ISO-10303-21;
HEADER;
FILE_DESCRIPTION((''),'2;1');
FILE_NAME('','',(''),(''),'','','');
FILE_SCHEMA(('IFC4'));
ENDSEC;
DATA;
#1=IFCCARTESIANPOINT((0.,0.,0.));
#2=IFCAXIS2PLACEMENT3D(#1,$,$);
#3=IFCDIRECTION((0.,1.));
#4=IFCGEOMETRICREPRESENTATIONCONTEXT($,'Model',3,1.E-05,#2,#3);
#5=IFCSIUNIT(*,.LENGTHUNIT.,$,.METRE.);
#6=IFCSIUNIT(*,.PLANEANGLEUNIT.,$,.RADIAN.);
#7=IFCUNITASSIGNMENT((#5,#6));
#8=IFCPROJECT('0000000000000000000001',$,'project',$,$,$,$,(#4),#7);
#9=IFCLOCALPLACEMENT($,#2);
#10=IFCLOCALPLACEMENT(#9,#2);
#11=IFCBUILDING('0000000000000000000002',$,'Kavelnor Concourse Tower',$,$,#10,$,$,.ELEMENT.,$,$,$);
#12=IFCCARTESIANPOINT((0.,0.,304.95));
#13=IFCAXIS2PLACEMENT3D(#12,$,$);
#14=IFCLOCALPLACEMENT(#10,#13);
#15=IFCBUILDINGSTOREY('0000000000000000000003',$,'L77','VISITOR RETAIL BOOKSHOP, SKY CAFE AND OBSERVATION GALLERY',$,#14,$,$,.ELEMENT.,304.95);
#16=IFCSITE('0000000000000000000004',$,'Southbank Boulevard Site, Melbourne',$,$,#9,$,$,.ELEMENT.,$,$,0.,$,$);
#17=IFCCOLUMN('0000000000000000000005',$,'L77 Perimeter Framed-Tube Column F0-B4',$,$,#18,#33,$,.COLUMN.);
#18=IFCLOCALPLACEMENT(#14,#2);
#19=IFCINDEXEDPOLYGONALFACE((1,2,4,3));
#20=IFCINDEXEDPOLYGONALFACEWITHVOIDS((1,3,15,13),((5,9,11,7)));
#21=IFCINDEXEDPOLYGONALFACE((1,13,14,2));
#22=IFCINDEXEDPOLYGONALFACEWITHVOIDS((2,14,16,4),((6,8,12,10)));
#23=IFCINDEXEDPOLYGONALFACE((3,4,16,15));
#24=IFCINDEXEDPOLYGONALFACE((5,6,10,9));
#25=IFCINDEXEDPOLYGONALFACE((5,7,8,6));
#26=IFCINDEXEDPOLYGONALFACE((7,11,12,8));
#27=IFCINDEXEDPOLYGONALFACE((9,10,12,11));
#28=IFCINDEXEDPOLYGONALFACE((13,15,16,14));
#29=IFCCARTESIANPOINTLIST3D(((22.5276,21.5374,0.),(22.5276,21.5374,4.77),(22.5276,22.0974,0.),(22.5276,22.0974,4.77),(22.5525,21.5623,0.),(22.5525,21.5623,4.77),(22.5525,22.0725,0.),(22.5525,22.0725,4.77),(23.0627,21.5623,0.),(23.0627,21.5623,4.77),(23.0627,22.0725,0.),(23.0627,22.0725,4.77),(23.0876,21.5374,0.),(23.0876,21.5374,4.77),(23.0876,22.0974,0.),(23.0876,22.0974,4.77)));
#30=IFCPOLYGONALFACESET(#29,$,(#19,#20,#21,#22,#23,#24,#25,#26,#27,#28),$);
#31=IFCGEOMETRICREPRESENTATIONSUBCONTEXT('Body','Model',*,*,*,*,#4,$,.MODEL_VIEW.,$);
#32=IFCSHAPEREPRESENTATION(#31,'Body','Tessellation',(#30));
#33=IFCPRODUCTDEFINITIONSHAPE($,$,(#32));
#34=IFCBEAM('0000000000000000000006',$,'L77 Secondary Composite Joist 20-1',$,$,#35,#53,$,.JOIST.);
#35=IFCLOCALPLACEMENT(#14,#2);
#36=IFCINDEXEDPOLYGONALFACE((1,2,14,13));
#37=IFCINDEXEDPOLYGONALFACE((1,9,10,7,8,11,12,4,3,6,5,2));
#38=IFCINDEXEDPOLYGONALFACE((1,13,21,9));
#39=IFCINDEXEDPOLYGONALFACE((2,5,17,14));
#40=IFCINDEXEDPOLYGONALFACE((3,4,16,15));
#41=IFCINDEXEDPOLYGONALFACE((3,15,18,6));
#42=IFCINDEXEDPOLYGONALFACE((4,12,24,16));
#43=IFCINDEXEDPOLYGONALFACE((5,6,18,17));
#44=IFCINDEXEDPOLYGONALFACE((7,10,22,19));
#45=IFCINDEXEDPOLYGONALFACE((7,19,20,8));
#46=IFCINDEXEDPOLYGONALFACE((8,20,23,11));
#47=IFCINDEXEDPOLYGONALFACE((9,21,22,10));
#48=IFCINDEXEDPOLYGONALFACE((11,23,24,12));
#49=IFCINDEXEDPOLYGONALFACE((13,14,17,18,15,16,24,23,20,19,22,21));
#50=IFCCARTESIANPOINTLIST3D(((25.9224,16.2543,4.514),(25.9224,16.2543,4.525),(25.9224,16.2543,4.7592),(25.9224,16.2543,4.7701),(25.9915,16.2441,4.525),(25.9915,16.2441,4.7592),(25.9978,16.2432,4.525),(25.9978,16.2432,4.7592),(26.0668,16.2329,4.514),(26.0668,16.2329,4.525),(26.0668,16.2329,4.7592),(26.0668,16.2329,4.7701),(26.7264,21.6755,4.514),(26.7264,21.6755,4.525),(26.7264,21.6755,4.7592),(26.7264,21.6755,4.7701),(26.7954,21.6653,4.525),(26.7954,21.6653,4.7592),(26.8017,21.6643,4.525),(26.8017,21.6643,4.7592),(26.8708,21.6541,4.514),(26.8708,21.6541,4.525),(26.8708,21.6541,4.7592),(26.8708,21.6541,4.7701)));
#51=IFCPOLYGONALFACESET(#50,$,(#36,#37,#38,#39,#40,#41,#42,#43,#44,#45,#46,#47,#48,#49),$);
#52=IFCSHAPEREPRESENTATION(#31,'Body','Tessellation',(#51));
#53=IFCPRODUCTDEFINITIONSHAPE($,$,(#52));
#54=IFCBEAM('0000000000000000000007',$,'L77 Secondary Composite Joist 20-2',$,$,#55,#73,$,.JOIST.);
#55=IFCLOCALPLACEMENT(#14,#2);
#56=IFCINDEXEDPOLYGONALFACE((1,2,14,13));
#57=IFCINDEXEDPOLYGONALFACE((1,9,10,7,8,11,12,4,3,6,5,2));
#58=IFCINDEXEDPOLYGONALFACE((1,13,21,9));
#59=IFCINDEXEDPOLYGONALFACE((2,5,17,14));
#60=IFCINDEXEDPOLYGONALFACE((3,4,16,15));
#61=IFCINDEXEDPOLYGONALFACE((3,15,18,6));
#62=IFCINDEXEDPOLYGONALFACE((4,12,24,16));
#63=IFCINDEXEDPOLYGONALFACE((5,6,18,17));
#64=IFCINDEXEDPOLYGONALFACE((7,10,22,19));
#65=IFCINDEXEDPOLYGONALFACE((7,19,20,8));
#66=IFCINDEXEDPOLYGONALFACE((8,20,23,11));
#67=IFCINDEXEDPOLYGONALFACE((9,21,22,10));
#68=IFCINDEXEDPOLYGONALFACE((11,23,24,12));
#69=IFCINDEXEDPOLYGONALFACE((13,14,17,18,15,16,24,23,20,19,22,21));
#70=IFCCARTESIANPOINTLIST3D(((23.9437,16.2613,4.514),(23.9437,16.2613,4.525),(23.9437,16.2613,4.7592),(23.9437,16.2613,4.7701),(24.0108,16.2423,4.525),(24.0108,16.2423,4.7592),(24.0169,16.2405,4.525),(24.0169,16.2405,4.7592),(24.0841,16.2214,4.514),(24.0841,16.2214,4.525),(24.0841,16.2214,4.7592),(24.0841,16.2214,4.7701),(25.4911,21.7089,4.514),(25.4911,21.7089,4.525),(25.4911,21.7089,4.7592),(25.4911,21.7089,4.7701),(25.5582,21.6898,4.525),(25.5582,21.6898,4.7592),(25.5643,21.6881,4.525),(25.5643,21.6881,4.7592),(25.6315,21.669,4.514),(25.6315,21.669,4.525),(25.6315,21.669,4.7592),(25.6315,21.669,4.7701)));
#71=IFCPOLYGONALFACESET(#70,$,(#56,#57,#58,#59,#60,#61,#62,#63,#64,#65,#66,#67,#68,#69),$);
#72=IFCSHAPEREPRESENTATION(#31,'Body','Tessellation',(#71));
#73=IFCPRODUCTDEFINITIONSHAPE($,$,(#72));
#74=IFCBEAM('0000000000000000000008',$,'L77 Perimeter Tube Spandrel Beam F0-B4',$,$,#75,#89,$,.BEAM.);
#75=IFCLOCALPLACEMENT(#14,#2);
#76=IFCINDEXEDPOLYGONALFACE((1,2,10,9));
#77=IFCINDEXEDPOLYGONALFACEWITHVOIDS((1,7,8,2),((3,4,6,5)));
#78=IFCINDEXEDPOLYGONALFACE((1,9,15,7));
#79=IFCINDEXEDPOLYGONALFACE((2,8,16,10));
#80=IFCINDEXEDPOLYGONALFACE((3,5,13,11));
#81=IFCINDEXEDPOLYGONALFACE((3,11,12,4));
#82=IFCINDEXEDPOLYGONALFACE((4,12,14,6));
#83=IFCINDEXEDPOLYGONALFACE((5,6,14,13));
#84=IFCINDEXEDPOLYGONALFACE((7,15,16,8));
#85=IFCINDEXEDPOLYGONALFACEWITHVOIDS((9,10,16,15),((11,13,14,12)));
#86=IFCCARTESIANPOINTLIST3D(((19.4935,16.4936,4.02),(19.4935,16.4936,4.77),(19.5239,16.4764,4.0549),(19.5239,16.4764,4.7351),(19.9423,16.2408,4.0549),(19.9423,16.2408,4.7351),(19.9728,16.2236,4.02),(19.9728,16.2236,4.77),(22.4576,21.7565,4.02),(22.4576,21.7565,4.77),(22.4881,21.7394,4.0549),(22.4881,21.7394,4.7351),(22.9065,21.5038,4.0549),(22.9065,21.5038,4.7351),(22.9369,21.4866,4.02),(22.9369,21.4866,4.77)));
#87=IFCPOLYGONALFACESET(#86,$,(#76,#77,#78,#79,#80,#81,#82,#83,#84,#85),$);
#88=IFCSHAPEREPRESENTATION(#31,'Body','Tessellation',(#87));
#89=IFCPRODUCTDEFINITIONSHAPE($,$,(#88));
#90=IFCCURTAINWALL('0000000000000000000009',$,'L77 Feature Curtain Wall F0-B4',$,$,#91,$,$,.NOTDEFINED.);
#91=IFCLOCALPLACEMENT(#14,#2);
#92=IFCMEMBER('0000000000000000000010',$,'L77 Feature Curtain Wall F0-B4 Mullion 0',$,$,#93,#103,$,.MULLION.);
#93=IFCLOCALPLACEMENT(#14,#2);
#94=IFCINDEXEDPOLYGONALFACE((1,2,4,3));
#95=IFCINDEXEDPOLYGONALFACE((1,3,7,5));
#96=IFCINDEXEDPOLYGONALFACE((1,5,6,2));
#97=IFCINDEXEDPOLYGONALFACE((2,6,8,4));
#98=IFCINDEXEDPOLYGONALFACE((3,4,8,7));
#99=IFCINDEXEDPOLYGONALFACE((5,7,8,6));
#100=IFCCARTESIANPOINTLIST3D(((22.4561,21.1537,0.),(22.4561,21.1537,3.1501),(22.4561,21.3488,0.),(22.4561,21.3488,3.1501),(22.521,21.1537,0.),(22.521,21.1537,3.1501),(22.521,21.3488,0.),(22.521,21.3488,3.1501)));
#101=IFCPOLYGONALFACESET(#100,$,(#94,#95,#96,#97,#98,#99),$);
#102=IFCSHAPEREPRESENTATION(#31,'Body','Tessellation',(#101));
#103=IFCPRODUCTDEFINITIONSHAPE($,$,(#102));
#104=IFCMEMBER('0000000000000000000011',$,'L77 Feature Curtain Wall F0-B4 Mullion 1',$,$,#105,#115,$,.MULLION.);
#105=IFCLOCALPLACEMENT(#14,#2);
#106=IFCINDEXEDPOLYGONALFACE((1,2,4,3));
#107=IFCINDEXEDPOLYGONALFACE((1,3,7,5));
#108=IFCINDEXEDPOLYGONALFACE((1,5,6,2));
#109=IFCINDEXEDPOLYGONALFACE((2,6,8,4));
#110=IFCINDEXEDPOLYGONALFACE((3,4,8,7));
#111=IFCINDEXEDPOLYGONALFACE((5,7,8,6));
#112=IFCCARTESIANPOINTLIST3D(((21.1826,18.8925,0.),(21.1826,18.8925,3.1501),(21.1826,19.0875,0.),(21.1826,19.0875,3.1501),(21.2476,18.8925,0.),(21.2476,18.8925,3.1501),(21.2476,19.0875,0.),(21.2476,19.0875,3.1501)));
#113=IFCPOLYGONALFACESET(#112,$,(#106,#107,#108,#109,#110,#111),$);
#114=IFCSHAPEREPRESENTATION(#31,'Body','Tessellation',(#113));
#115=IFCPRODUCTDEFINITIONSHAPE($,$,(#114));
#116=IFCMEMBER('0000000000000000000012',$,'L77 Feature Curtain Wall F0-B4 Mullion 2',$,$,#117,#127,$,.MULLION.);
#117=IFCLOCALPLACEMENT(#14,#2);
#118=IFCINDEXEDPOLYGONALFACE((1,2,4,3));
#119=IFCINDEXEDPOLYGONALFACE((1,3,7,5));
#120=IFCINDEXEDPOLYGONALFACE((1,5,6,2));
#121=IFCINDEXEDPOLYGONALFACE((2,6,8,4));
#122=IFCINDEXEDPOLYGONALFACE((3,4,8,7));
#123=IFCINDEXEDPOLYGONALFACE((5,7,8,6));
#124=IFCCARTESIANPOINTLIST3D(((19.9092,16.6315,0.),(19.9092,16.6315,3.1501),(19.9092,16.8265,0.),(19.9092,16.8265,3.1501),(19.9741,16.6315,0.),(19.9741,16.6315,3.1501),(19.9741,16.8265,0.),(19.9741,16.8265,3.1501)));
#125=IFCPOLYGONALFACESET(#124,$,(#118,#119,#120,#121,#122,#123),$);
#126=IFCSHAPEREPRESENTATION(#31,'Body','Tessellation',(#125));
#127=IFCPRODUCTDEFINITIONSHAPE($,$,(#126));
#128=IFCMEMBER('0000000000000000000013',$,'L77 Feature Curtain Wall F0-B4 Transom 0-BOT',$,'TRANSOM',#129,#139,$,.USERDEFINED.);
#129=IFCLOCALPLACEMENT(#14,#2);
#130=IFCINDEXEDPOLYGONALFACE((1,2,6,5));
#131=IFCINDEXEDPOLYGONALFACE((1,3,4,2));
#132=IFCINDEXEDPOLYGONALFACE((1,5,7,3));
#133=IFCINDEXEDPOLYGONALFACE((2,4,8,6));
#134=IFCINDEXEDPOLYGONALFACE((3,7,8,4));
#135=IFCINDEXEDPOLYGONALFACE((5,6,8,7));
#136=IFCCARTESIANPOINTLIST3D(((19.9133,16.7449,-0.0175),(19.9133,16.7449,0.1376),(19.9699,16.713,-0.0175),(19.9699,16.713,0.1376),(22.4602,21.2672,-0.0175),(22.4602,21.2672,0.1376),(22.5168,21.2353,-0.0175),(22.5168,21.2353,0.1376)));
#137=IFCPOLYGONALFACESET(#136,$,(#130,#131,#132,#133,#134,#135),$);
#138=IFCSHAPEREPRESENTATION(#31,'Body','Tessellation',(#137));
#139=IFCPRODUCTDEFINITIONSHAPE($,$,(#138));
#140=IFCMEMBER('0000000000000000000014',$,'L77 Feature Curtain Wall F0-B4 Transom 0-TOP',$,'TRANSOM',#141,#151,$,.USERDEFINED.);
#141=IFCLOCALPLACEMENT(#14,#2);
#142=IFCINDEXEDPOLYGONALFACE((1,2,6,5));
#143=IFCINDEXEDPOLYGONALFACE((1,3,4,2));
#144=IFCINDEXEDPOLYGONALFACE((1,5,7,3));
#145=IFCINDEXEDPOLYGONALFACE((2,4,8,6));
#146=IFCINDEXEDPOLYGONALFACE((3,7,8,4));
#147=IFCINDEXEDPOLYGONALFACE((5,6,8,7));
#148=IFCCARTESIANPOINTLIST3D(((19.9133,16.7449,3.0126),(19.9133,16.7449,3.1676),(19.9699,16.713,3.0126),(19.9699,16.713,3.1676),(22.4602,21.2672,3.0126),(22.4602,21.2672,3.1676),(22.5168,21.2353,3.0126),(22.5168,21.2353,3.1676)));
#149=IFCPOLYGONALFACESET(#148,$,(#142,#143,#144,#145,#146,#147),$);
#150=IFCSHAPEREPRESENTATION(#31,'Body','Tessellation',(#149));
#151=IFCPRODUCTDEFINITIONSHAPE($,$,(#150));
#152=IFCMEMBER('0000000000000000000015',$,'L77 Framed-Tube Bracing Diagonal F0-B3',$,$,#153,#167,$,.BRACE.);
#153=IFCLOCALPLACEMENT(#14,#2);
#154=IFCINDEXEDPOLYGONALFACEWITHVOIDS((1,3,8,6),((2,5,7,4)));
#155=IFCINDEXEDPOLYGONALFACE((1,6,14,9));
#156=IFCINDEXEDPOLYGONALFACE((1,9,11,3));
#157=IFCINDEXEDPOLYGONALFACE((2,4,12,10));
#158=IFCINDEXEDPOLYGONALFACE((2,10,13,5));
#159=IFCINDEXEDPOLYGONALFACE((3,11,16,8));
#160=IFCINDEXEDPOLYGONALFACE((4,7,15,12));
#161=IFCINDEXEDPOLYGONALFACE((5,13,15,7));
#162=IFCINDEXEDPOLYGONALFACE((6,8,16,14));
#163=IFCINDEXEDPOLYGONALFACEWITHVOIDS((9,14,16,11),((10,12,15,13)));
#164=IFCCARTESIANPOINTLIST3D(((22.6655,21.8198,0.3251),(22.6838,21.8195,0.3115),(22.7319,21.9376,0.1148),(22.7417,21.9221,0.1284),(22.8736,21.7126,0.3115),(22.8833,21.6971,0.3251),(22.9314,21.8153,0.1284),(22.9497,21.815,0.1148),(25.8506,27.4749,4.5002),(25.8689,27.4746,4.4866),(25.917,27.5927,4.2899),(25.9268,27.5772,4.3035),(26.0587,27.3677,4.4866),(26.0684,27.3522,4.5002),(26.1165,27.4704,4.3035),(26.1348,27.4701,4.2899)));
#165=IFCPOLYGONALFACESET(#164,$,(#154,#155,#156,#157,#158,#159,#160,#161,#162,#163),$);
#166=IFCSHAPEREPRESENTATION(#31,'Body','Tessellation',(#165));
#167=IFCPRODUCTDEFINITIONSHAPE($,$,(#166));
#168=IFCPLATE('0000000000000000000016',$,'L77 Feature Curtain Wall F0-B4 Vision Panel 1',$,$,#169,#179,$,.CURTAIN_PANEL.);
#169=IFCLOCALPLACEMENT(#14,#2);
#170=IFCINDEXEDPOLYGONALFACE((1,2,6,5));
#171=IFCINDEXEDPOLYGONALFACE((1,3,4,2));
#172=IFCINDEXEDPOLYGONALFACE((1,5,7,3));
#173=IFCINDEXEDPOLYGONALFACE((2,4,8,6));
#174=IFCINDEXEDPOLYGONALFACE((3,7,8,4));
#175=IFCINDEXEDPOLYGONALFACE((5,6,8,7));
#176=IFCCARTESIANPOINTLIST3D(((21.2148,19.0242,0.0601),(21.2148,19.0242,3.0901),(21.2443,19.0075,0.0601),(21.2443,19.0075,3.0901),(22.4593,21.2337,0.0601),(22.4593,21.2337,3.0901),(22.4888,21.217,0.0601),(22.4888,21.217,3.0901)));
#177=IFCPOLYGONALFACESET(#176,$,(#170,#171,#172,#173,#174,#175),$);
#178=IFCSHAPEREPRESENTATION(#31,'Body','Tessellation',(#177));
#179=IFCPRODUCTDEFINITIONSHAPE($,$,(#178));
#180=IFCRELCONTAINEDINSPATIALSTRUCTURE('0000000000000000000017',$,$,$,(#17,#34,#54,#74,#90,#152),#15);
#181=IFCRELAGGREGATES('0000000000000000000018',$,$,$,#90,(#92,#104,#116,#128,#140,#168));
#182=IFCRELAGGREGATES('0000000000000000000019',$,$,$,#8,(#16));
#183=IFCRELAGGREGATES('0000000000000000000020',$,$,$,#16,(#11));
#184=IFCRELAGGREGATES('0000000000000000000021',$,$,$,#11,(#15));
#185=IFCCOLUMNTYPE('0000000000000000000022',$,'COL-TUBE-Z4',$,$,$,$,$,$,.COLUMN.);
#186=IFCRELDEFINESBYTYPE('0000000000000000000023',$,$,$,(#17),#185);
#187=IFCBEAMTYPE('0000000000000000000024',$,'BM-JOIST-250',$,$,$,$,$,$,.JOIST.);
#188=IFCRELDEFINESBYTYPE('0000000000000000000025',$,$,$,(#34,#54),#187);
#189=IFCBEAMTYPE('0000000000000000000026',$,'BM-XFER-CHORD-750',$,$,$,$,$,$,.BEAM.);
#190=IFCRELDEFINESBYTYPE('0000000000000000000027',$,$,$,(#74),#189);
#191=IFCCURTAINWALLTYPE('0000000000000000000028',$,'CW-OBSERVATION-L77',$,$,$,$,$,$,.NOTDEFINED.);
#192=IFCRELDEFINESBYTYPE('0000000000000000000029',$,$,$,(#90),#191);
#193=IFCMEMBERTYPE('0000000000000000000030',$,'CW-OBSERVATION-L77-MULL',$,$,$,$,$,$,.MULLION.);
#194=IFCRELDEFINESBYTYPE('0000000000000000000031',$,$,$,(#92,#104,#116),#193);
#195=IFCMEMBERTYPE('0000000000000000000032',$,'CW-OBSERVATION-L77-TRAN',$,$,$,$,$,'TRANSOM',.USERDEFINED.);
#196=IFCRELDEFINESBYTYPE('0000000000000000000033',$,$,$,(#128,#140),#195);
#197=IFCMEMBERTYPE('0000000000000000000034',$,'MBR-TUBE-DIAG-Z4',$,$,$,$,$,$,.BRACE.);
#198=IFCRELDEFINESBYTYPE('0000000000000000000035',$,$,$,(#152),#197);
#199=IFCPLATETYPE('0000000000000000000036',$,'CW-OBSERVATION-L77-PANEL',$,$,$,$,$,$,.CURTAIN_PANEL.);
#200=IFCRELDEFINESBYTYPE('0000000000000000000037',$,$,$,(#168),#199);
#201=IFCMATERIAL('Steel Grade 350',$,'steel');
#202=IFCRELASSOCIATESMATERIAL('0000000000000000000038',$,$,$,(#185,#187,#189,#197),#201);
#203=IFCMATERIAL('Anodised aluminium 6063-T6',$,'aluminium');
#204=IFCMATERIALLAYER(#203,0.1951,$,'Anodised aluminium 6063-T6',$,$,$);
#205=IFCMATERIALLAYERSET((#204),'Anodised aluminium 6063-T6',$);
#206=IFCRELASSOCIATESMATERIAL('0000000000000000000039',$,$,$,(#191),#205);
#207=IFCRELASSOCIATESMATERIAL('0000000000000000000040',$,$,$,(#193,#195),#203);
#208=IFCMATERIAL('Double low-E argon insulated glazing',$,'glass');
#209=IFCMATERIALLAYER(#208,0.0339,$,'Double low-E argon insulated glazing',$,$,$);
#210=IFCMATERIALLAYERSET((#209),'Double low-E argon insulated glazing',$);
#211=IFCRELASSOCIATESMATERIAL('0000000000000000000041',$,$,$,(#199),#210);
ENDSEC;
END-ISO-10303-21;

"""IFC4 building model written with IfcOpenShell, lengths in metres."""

from ifc_helpers import new_model, si_unit, direction, frame, origin, origin_2d, place, context, subcontext, project, spatial, rectangle, hollow_rectangle, i_section, extrude, material, layer, layer_set, material_profile, profile_set, type_object, element, aggregate, save


model = new_model("IFC4")

# Units and contexts
model_context = context("Model", 3, precision=1e-05, world=origin(), true_north=direction((0.0, 1.0)))
body_context = subcontext(model_context, "Body", "Model", "MODEL_VIEW")
ifc_project = project(units=[si_unit("LENGTHUNIT", "METRE"), si_unit("PLANEANGLEUNIT", "RADIAN")], contexts=[model_context])

# Site, building, storey
site_placement = place(None, origin())
site = spatial("IfcSite", under=ifc_project, at=site_placement, Name="Southbank Boulevard Site, Melbourne", CompositionType="ELEMENT", RefElevation=0.0)
building_placement = place(site_placement, origin())
building = spatial("IfcBuilding", under=site, at=building_placement, Name="Kavelnor Concourse Tower", CompositionType="ELEMENT")
storey_placement = place(building_placement, frame((0.0, 0.0, 304.95)))
storey = spatial("IfcBuildingStorey", under=building, at=storey_placement, Name="L77", Description="VISITOR RETAIL BOOKSHOP, SKY CAFE AND OBSERVATION GALLERY", CompositionType="ELEMENT", Elevation=304.95)

# Column
ifc_material_1 = material(Name="Steel Grade 350", Category="steel")
ifc_material_profile_1 = material_profile(ifc_material_1, hollow_rectangle(XDim=0.5601, YDim=0.5601, WallThickness=0.0249, at=origin_2d()), Name="SHS 560x560x25")
ifc_profile_set_1 = profile_set([ifc_material_profile_1], Name="Steel Grade 350")
column_type = type_object("IfcColumnType", Name="COL-TUBE-Z4", PredefinedType="COLUMN", material=ifc_profile_set_1)
column_placement = place(storey_placement, frame((22.8076, 21.8174, 0.0), z_axis=(0.0, 0.0, 1.0), x_axis=(1.0, 0.0, 0.0)))
element("IfcColumn", 1, at=column_placement, inside=storey, type_object=column_type, Name="L77 Perimeter Framed-Tube Column F0-B4", PredefinedType="COLUMN", context=body_context, shape_type="SweptSolid", body=[
    extrude(hollow_rectangle(XDim=0.5601, YDim=0.5601, WallThickness=0.0249, at=origin_2d()), origin(), (0.0, 0.0, 1.0), 4.77),
])

# Beams
ifc_material_profile_2 = material_profile(ifc_material_1, i_section(OverallWidth=0.146, OverallDepth=0.2561, WebThickness=0.0063, FlangeThickness=0.011, at=origin_2d()), Name="250UB37")
ifc_profile_set_2 = profile_set([ifc_material_profile_2], Name="Steel Grade 350")
beam_type_1 = type_object("IfcBeamType", Name="BM-JOIST-250", PredefinedType="JOIST", material=ifc_profile_set_2)
beam_1_placement = place(storey_placement, frame((26.7986, 21.6648, 4.6421), z_axis=(-0.146696, -0.989182, 0.0), x_axis=(0.989182, -0.146696, 0.0)))
element("IfcBeam", 2, at=beam_1_placement, inside=storey, type_object=beam_type_1, Name="L77 Secondary Composite Joist 20-1", PredefinedType="JOIST", context=body_context, shape_type="SweptSolid", body=[
    extrude(i_section(OverallWidth=0.146, OverallDepth=0.2561, WebThickness=0.0063, FlangeThickness=0.011, at=origin_2d()), origin(), (0.0, 0.0, 1.0), 5.4805),
])
beam_2_placement = place(storey_placement, frame((25.5613, 21.689, 4.6421), z_axis=(-0.27324, -0.961946, 0.0), x_axis=(0.961946, -0.27324, 0.0)))
element("IfcBeam", 3, at=beam_2_placement, inside=storey, type_object=beam_type_1, Name="L77 Secondary Composite Joist 20-2", PredefinedType="JOIST", context=body_context, shape_type="SweptSolid", body=[
    extrude(i_section(OverallWidth=0.146, OverallDepth=0.2561, WebThickness=0.0063, FlangeThickness=0.011, at=origin_2d()), origin(), (0.0, 0.0, 1.0), 5.6631),
])
ifc_material_profile_3 = material_profile(ifc_material_1, hollow_rectangle(XDim=0.55, YDim=0.75, WallThickness=0.0349, at=origin_2d()), Name="RHS 750x550x35")
ifc_profile_set_3 = profile_set([ifc_material_profile_3], Name="Steel Grade 350")
beam_type_2 = type_object("IfcBeamType", Name="BM-XFER-CHORD-750", PredefinedType="BEAM", material=ifc_profile_set_3)
beam_3_placement = place(storey_placement, frame((22.6973, 21.6216, 4.395), z_axis=(-0.490727, -0.871313, 0.0), x_axis=(0.871313, -0.490727, 0.0)))
element("IfcBeam", 4, at=beam_3_placement, inside=storey, type_object=beam_type_2, Name="L77 Perimeter Tube Spandrel Beam F0-B4", PredefinedType="BEAM", context=body_context, shape_type="SweptSolid", body=[
    extrude(hollow_rectangle(XDim=0.55, YDim=0.75, WallThickness=0.0349, at=origin_2d()), origin(), (0.0, 0.0, 1.0), 6.0403),
])

# Curtain wall, members
ifc_material_2 = material(Name="Anodised aluminium 6063-T6", Category="aluminium")
ifc_layer_1 = layer(ifc_material_2, 0.1951, Name="Anodised aluminium 6063-T6")
ifc_layer_set_1 = layer_set([ifc_layer_1], Name="Anodised aluminium 6063-T6")
curtain_wall_type = type_object("IfcCurtainWallType", Name="CW-OBSERVATION-L77", PredefinedType="NOTDEFINED", material=ifc_layer_set_1)
curtain_wall_placement = place(storey_placement, origin())
curtain_wall = element("IfcCurtainWall", 5, at=curtain_wall_placement, inside=storey, type_object=curtain_wall_type, Name="L77 Feature Curtain Wall F0-B4", PredefinedType="NOTDEFINED")
ifc_material_profile_4 = material_profile(ifc_material_2, rectangle(XDim=0.0649, YDim=0.1951, at=origin_2d()), Name="AL-MULL 65x195")
ifc_profile_set_4 = profile_set([ifc_material_profile_4], Name="Anodised aluminium 6063-T6")
member_type_1 = type_object("IfcMemberType", Name="CW-OBSERVATION-L77-MULL", PredefinedType="MULLION", material=ifc_profile_set_4)
member_1_placement = place(storey_placement, frame((22.4885, 21.2512, 0.0), z_axis=(0.0, 0.0, 1.0), x_axis=(1.0, 0.0, 0.0)))
member_1 = element("IfcMember", 6, at=member_1_placement, type_object=member_type_1, Name="L77 Feature Curtain Wall F0-B4 Mullion 0", PredefinedType="MULLION", context=body_context, shape_type="SweptSolid", body=[
    extrude(rectangle(XDim=0.0649, YDim=0.1951, at=origin_2d()), origin(), (0.0, 0.0, 1.0), 3.1501),
])
member_2_placement = place(storey_placement, frame((21.2151, 18.99, 0.0), z_axis=(0.0, 0.0, 1.0), x_axis=(1.0, 0.0, 0.0)))
member_2 = element("IfcMember", 7, at=member_2_placement, type_object=member_type_1, Name="L77 Feature Curtain Wall F0-B4 Mullion 1", PredefinedType="MULLION", context=body_context, shape_type="SweptSolid", body=[
    extrude(rectangle(XDim=0.0649, YDim=0.1951, at=origin_2d()), origin(), (0.0, 0.0, 1.0), 3.1501),
])
member_3_placement = place(storey_placement, frame((19.9417, 16.729, 0.0), z_axis=(0.0, 0.0, 1.0), x_axis=(1.0, 0.0, 0.0)))
member_3 = element("IfcMember", 8, at=member_3_placement, type_object=member_type_1, Name="L77 Feature Curtain Wall F0-B4 Mullion 2", PredefinedType="MULLION", context=body_context, shape_type="SweptSolid", body=[
    extrude(rectangle(XDim=0.0649, YDim=0.1951, at=origin_2d()), origin(), (0.0, 0.0, 1.0), 3.1501),
])
ifc_material_profile_5 = material_profile(ifc_material_2, rectangle(XDim=0.0649, YDim=0.155, at=origin_2d()), Name="AL-TRAN 65x155")
ifc_profile_set_5 = profile_set([ifc_material_profile_5], Name="Anodised aluminium 6063-T6")
member_type_2 = type_object("IfcMemberType", Name="CW-OBSERVATION-L77-TRAN", ElementType="TRANSOM", PredefinedType="USERDEFINED", material=ifc_profile_set_5)
member_4_placement = place(storey_placement, frame((22.4885, 21.2512, 0.0601), z_axis=(-0.490719, -0.871318, 0.0), x_axis=(0.871318, -0.490719, 0.0)))
member_4 = element("IfcMember", 9, at=member_4_placement, type_object=member_type_2, Name="L77 Feature Curtain Wall F0-B4 Transom 0-BOT", ObjectType="TRANSOM", PredefinedType="USERDEFINED", context=body_context, shape_type="SweptSolid", body=[
    extrude(rectangle(XDim=0.0649, YDim=0.155, at=origin_2d()), origin(), (0.0, 0.0, 1.0), 5.1902),
])
member_5_placement = place(storey_placement, frame((22.4885, 21.2512, 3.0901), z_axis=(-0.490719, -0.871318, 0.0), x_axis=(0.871318, -0.490719, 0.0)))
member_5 = element("IfcMember", 10, at=member_5_placement, type_object=member_type_2, Name="L77 Feature Curtain Wall F0-B4 Transom 0-TOP", ObjectType="TRANSOM", PredefinedType="USERDEFINED", context=body_context, shape_type="SweptSolid", body=[
    extrude(rectangle(XDim=0.0649, YDim=0.155, at=origin_2d()), origin(), (0.0, 0.0, 1.0), 5.1902),
])

# Member
ifc_material_profile_6 = material_profile(ifc_material_1, hollow_rectangle(XDim=0.25, YDim=0.25, WallThickness=0.0161, at=origin_2d()), Name="SHS 250x250x16")
ifc_profile_set_6 = profile_set([ifc_material_profile_6], Name="Steel Grade 350")
member_type_3 = type_object("IfcMemberType", Name="MBR-TUBE-DIAG-Z4", PredefinedType="BRACE", material=ifc_profile_set_6)
member_6_placement = place(storey_placement, frame((22.8076, 21.8174, 0.22), z_axis=(0.412723, 0.732784, 0.541007), x_axis=(-0.871305, 0.490742, 0.0)))
element("IfcMember", 11, at=member_6_placement, inside=storey, type_object=member_type_3, Name="L77 Framed-Tube Bracing Diagonal F0-B3", PredefinedType="BRACE", context=body_context, shape_type="SweptSolid", body=[
    extrude(hollow_rectangle(XDim=0.25, YDim=0.25, WallThickness=0.0161, at=origin_2d()), origin(), (0.0, 0.0, 1.0), 7.7173),
])

# Plate
ifc_material_3 = material(Name="Double low-E argon insulated glazing", Category="glass")
ifc_layer_2 = layer(ifc_material_3, 0.0339, Name="Double low-E argon insulated glazing")
ifc_layer_set_2 = layer_set([ifc_layer_2], Name="Double low-E argon insulated glazing")
plate_type_1 = type_object("IfcPlateType", Name="CW-OBSERVATION-L77-PANEL", PredefinedType="CURTAIN_PANEL", material=ifc_layer_set_2)
plate_1_placement = place(storey_placement, frame((21.8518, 20.1206, 0.0601), z_axis=(0.0, 0.0, 1.0), x_axis=(-0.490752, -0.871299, 0.0)))
plate_1 = element("IfcPlate", 12, at=plate_1_placement, type_object=plate_type_1, Name="L77 Feature Curtain Wall F0-B4 Vision Panel 1", PredefinedType="CURTAIN_PANEL", context=body_context, shape_type="SweptSolid", body=[
    extrude(rectangle(XDim=2.5359, YDim=0.0339, at=origin_2d()), origin(), (0.0, 0.0, 1.0), 3.03),
])
aggregate(curtain_wall, [member_1, member_2, member_3, member_4, member_5, plate_1])

save(model, "model.ifc")
